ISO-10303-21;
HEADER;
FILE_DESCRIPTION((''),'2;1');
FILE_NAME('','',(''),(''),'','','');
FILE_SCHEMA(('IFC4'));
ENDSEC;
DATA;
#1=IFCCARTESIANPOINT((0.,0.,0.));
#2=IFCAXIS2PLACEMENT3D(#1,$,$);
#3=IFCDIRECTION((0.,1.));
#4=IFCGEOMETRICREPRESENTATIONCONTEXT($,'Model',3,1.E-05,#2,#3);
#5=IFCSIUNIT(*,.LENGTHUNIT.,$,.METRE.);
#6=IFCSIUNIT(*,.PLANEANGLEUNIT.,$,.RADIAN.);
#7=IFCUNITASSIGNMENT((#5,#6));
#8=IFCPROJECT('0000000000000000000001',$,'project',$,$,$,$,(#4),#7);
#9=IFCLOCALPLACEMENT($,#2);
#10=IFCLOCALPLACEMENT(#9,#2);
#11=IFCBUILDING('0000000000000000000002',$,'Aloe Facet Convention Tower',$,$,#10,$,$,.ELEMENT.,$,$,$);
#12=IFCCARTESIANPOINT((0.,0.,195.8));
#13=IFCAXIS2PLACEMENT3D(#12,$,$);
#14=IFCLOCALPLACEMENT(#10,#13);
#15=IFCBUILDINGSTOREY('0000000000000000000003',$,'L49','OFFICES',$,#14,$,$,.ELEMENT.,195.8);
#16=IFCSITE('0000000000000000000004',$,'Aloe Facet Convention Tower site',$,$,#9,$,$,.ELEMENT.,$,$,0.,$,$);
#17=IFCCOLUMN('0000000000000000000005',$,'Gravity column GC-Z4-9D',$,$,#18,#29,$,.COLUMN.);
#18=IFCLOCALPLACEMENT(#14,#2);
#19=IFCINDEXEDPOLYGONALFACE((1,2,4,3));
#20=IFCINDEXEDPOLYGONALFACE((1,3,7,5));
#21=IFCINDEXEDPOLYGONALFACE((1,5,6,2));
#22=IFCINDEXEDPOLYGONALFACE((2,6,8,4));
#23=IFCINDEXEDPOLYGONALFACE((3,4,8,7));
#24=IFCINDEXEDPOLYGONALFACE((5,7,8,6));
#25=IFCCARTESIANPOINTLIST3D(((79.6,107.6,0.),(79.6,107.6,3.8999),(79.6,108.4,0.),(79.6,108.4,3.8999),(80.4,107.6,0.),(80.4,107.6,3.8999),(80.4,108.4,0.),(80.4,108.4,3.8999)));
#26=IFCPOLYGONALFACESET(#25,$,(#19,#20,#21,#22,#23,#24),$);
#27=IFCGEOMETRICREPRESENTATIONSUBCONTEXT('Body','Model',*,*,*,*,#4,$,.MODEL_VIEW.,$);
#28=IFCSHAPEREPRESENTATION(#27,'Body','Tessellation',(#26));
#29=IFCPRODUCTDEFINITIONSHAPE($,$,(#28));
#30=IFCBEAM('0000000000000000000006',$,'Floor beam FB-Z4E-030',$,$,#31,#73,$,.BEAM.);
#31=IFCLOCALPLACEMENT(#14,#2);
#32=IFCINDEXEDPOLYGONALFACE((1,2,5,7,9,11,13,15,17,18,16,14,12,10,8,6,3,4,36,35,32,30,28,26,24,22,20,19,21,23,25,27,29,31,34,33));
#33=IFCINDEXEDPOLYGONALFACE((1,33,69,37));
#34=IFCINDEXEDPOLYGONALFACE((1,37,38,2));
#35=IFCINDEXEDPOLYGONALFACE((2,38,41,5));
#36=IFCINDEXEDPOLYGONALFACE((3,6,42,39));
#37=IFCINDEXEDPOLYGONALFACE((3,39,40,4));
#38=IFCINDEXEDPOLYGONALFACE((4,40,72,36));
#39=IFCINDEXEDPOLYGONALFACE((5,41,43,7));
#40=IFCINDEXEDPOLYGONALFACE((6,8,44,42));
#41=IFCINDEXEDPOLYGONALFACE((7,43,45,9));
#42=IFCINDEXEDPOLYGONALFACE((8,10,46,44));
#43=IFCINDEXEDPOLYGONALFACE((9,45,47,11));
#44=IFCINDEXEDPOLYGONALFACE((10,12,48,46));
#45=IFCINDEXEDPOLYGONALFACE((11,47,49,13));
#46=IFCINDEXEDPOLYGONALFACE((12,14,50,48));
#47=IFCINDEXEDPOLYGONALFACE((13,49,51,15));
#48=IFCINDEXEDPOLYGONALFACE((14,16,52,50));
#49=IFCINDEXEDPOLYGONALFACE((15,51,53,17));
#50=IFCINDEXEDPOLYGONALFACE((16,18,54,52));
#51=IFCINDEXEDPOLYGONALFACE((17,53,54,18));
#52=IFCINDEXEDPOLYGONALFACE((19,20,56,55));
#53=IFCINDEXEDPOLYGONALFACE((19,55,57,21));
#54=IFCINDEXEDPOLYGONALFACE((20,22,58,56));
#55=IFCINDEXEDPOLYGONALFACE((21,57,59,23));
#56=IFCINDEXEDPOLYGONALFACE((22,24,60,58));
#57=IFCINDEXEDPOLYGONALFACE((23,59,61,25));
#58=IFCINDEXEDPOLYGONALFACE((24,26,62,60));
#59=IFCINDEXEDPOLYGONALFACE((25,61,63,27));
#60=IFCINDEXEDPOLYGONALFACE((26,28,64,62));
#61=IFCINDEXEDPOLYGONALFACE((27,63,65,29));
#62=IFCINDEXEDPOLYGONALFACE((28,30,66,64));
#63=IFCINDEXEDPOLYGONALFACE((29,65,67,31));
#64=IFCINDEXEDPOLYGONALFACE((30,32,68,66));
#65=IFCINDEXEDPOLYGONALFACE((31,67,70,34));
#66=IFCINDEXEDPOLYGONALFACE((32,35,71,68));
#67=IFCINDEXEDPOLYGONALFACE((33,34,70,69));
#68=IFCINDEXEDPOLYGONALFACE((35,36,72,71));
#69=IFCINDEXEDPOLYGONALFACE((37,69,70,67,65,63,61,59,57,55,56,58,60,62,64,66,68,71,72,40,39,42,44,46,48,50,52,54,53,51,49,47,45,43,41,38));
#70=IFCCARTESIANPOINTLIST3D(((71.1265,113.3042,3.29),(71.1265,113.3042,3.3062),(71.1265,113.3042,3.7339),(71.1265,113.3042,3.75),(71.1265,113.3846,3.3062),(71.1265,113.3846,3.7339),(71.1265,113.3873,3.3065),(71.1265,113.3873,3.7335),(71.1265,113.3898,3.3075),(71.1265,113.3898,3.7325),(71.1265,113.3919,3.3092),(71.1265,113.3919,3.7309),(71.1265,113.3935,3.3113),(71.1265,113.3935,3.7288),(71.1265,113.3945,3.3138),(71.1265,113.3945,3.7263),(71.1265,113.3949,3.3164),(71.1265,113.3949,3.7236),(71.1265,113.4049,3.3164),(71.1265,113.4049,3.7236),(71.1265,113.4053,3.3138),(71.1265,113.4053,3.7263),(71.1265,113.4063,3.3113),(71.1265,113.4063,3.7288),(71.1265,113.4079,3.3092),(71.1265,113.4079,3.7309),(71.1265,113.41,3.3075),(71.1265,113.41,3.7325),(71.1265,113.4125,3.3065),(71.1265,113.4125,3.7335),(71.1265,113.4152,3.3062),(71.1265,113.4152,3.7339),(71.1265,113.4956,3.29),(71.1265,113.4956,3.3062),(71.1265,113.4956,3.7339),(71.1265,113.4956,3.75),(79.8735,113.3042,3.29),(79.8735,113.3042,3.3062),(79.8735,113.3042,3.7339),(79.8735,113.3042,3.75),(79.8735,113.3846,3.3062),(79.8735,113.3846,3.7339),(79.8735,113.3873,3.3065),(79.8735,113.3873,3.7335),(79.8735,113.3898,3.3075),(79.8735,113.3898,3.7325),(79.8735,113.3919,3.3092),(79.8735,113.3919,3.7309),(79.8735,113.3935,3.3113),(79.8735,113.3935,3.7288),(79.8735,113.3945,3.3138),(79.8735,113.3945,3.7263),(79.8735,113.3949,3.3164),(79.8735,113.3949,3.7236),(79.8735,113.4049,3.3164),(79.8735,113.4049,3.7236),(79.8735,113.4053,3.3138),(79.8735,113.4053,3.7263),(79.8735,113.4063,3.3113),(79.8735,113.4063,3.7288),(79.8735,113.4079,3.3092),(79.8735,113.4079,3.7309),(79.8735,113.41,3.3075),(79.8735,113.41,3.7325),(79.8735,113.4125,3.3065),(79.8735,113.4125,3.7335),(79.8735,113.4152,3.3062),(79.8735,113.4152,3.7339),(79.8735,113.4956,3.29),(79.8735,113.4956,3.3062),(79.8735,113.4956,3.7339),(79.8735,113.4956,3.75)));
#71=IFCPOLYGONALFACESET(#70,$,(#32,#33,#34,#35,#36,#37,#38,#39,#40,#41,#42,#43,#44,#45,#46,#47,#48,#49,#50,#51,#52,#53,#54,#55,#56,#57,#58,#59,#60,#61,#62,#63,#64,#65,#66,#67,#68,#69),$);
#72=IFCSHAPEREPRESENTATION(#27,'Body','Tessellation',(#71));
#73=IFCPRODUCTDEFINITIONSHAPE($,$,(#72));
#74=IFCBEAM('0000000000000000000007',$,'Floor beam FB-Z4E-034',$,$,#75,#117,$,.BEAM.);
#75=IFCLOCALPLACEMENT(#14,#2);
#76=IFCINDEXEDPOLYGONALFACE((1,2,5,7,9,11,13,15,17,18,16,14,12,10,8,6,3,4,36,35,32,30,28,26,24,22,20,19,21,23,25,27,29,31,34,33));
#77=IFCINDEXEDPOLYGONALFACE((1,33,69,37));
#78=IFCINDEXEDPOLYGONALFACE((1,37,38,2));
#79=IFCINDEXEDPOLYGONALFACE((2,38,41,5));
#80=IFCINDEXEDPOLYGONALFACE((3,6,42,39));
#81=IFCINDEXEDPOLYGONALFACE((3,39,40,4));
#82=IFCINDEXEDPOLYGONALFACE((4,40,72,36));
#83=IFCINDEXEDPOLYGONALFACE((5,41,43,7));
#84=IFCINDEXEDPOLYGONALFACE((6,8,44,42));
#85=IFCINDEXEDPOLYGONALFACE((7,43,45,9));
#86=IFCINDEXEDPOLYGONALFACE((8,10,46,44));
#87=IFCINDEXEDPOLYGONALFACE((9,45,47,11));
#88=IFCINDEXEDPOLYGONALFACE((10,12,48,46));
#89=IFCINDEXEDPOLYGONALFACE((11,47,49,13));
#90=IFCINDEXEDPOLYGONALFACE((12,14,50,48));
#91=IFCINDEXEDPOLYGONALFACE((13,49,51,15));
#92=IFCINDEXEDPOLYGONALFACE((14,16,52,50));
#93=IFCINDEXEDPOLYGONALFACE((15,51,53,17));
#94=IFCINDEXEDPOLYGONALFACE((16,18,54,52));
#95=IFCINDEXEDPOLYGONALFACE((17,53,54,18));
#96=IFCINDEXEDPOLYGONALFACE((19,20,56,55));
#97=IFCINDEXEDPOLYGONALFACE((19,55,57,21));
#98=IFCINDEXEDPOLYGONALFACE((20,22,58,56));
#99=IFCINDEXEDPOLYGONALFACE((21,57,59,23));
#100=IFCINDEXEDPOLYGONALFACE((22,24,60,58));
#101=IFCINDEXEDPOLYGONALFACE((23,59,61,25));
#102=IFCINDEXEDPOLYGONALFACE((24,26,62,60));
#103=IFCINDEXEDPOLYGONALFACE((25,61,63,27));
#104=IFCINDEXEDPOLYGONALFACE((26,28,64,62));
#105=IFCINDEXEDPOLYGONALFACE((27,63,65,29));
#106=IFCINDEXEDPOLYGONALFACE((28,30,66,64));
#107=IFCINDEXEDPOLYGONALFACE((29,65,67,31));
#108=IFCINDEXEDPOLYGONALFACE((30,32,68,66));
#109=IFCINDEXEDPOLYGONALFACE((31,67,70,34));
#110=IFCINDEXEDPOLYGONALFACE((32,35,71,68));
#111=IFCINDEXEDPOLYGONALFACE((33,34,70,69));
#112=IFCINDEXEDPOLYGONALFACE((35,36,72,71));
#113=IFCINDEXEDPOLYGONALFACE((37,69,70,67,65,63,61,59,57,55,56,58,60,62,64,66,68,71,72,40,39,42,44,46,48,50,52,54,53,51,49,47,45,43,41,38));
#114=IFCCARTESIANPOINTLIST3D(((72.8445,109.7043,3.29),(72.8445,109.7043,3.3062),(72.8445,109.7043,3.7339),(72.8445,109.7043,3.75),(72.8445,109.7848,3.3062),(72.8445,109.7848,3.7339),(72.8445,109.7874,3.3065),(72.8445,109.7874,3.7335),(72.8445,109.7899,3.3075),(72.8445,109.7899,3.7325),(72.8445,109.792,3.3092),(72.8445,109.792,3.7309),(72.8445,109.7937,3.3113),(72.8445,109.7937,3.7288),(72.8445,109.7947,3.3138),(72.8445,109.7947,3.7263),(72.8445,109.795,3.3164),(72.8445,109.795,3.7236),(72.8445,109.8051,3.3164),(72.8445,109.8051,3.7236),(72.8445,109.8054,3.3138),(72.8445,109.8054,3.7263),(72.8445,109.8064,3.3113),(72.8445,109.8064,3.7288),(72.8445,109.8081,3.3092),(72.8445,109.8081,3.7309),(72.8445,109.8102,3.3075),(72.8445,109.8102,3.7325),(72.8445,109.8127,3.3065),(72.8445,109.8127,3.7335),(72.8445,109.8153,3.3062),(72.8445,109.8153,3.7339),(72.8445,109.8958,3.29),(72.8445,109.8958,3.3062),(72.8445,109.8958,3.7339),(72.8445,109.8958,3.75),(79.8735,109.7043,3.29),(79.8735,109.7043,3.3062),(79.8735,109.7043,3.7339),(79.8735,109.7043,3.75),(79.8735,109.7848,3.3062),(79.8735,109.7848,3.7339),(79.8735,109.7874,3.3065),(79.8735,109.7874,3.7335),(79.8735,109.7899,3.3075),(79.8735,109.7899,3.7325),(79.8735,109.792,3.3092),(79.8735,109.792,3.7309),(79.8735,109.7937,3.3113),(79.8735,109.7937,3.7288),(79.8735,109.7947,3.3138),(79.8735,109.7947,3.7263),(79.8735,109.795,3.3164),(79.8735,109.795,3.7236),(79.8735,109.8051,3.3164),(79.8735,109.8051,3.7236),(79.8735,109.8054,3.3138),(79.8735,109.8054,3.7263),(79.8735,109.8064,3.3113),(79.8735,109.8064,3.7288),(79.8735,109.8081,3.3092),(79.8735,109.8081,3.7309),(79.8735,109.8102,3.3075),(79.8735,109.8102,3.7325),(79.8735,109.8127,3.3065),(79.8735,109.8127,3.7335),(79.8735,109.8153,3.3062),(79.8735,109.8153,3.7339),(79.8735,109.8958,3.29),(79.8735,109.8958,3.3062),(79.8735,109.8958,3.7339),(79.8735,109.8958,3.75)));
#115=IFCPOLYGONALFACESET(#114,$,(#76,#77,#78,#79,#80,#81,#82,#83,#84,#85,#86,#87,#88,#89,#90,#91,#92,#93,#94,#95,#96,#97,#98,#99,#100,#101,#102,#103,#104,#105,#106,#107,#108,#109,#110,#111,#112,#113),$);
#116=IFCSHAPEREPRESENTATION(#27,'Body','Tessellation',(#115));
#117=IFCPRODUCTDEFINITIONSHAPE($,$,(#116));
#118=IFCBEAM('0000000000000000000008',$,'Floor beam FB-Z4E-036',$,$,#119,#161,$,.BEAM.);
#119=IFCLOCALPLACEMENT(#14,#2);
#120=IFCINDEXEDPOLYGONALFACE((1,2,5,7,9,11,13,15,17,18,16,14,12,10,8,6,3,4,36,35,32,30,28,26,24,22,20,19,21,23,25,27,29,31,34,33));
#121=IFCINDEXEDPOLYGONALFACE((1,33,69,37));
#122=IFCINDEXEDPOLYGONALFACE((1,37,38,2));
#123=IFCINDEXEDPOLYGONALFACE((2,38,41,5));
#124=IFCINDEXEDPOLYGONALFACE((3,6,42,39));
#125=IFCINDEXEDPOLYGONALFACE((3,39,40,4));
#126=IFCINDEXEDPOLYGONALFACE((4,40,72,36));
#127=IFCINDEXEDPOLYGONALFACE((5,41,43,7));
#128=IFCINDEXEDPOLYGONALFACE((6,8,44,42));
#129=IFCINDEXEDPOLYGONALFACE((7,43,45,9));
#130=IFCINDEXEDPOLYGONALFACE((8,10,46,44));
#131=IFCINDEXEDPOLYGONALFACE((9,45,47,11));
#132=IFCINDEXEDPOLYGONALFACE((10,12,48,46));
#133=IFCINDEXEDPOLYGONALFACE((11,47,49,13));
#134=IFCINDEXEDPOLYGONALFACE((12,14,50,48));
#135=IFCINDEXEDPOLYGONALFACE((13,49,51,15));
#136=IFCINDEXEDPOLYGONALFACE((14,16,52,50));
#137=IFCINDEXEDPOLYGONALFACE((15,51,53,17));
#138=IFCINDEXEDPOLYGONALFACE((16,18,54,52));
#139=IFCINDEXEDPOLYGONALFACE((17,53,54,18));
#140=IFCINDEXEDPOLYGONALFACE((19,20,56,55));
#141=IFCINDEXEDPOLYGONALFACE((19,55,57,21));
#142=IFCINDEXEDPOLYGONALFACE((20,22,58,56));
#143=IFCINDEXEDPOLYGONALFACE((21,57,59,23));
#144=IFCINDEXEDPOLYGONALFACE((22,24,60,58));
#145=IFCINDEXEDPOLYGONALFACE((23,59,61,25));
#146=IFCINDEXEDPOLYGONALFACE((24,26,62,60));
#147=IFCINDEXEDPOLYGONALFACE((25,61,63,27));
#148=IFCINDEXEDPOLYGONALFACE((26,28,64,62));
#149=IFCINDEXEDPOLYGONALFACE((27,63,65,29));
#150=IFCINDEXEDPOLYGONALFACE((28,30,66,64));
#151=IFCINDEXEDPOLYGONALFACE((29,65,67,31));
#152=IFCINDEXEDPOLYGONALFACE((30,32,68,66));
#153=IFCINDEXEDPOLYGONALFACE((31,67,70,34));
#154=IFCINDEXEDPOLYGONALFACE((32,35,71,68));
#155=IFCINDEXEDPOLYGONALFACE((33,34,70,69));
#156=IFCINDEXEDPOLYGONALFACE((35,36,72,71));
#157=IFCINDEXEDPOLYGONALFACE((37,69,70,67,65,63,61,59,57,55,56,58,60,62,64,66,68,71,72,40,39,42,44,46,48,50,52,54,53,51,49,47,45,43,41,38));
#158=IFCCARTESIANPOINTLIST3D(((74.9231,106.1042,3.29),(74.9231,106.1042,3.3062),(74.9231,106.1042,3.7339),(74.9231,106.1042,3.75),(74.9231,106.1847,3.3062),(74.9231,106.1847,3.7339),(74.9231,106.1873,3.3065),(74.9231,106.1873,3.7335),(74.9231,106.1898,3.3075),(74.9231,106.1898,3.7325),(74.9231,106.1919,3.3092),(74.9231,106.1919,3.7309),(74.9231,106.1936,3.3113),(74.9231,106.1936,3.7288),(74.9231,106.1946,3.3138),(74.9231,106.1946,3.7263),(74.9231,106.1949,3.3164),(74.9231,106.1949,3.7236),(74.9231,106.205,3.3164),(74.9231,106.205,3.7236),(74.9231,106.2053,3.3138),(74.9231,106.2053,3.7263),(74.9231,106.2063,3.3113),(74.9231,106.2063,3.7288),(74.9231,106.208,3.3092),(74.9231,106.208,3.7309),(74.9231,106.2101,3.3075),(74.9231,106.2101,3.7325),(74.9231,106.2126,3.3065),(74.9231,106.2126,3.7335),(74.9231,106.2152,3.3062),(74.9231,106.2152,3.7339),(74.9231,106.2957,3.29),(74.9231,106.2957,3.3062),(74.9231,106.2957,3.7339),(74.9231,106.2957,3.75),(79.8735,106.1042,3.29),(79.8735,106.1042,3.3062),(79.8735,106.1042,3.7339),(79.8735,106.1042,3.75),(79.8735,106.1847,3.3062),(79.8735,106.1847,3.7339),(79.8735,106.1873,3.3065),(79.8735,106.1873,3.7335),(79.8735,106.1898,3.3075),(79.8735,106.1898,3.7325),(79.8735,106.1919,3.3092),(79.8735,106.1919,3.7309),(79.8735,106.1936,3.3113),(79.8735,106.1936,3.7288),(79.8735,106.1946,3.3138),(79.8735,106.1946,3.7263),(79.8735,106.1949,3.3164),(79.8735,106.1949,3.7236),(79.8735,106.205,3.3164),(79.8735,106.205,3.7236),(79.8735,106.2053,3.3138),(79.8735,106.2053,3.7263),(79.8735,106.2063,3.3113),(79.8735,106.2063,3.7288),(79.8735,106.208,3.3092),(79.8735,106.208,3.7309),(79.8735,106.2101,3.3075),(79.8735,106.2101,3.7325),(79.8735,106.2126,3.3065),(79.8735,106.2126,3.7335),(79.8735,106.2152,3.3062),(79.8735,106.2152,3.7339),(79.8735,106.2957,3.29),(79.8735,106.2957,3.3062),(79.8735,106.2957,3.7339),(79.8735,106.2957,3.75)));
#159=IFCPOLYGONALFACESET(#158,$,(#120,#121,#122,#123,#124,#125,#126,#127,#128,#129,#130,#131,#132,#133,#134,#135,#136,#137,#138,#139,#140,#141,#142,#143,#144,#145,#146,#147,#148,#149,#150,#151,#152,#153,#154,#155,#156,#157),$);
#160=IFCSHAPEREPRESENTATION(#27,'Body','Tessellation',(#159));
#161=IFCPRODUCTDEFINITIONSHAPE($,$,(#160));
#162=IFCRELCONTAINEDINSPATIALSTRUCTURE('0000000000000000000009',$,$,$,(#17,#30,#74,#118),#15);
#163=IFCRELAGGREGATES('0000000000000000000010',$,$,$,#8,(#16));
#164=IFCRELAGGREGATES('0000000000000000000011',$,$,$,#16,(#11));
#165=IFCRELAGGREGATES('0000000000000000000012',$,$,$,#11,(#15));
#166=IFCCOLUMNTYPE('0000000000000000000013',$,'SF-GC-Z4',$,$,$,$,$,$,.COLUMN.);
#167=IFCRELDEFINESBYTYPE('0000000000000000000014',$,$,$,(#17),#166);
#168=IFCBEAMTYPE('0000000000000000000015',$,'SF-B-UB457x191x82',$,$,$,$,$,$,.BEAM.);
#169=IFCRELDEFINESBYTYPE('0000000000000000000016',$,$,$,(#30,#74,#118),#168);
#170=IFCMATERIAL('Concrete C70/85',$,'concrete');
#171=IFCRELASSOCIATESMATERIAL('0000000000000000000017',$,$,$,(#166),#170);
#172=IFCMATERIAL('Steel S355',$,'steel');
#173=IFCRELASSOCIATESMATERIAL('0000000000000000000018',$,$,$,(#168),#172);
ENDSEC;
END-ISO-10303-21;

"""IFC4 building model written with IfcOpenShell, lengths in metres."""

from ifc_helpers import new_model, si_unit, direction, frame, origin, origin_2d, place, context, subcontext, project, spatial, rectangle, i_section, extrude, material, material_profile, profile_set, type_object, element, save


model = new_model("IFC4")

# Units and contexts
model_context = context("Model", 3, precision=1e-05, world=origin(), true_north=direction((0.0, 1.0)))
body_context = subcontext(model_context, "Body", "Model", "MODEL_VIEW")
ifc_project = project(units=[si_unit("LENGTHUNIT", "METRE"), si_unit("PLANEANGLEUNIT", "RADIAN")], contexts=[model_context])

# Site, building, storey
site_placement = place(None, origin())
site = spatial("IfcSite", under=ifc_project, at=site_placement, Name="Aloe Facet Convention Tower site", CompositionType="ELEMENT", RefElevation=0.0)
building_placement = place(site_placement, origin())
building = spatial("IfcBuilding", under=site, at=building_placement, Name="Aloe Facet Convention Tower", CompositionType="ELEMENT")
storey_placement = place(building_placement, frame((0.0, 0.0, 195.8)))
storey = spatial("IfcBuildingStorey", under=building, at=storey_placement, Name="L49", Description="OFFICES", CompositionType="ELEMENT", Elevation=195.8)

# Column
ifc_material_1 = material(Name="Concrete C70/85", Category="concrete")
ifc_material_profile_1 = material_profile(ifc_material_1, rectangle(XDim=0.8, YDim=0.8, at=origin_2d()), Name="SF-GC-Z4")
ifc_profile_set_1 = profile_set([ifc_material_profile_1], Name="Concrete C70/85")
column_type = type_object("IfcColumnType", Name="SF-GC-Z4", PredefinedType="COLUMN", material=ifc_profile_set_1)
column_placement = place(storey_placement, frame((80.0, 108.0, 0.0), z_axis=(0.0, 0.0, 1.0), x_axis=(1.0, 0.0, 0.0)))
element("IfcColumn", 1, at=column_placement, inside=storey, type_object=column_type, Name="Gravity column GC-Z4-9D", PredefinedType="COLUMN", context=body_context, shape_type="SweptSolid", body=[
    extrude(rectangle(XDim=0.8, YDim=0.8, at=origin_2d()), origin(), (0.0, 0.0, 1.0), 3.8999),
])

# Beams
ifc_material_2 = material(Name="Steel S355", Category="steel")
ifc_material_profile_2 = material_profile(ifc_material_2, i_section(OverallWidth=0.1914, OverallDepth=0.46, WebThickness=0.01, FlangeThickness=0.0161, FilletRadius=0.0103, at=origin_2d()), Name="UB 457x191x82")
ifc_profile_set_2 = profile_set([ifc_material_profile_2], Name="Steel S355")
beam_type_1 = type_object("IfcBeamType", Name="SF-B-UB457x191x82", PredefinedType="BEAM", material=ifc_profile_set_2)
beam_1_placement = place(storey_placement, frame((71.1265, 113.3999, 3.52), z_axis=(1.0, 0.0, 0.0), x_axis=(0.0, 1.0, 0.0)))
element("IfcBeam", 2, at=beam_1_placement, inside=storey, type_object=beam_type_1, Name="Floor beam FB-Z4E-030", PredefinedType="BEAM", context=body_context, shape_type="SweptSolid", body=[
    extrude(i_section(OverallWidth=0.1914, OverallDepth=0.46, WebThickness=0.01, FlangeThickness=0.0161, FilletRadius=0.0103, at=origin_2d()), origin(), (0.0, 0.0, 1.0), 8.7471),
])
beam_2_placement = place(storey_placement, frame((72.8445, 109.8, 3.52), z_axis=(1.0, 0.0, 0.0), x_axis=(0.0, 1.0, 0.0)))
element("IfcBeam", 3, at=beam_2_placement, inside=storey, type_object=beam_type_1, Name="Floor beam FB-Z4E-034", PredefinedType="BEAM", context=body_context, shape_type="SweptSolid", body=[
    extrude(i_section(OverallWidth=0.1914, OverallDepth=0.46, WebThickness=0.01, FlangeThickness=0.0161, FilletRadius=0.0103, at=origin_2d()), origin(), (0.0, 0.0, 1.0), 7.0291),
])
beam_3_placement = place(storey_placement, frame((74.9231, 106.2, 3.52), z_axis=(1.0, 0.0, 0.0), x_axis=(0.0, 1.0, 0.0)))
element("IfcBeam", 4, at=beam_3_placement, inside=storey, type_object=beam_type_1, Name="Floor beam FB-Z4E-036", PredefinedType="BEAM", context=body_context, shape_type="SweptSolid", body=[
    extrude(i_section(OverallWidth=0.1914, OverallDepth=0.46, WebThickness=0.01, FlangeThickness=0.0161, FilletRadius=0.0103, at=origin_2d()), origin(), (0.0, 0.0, 1.0), 4.9504),
])

save(model, "model.ifc")
